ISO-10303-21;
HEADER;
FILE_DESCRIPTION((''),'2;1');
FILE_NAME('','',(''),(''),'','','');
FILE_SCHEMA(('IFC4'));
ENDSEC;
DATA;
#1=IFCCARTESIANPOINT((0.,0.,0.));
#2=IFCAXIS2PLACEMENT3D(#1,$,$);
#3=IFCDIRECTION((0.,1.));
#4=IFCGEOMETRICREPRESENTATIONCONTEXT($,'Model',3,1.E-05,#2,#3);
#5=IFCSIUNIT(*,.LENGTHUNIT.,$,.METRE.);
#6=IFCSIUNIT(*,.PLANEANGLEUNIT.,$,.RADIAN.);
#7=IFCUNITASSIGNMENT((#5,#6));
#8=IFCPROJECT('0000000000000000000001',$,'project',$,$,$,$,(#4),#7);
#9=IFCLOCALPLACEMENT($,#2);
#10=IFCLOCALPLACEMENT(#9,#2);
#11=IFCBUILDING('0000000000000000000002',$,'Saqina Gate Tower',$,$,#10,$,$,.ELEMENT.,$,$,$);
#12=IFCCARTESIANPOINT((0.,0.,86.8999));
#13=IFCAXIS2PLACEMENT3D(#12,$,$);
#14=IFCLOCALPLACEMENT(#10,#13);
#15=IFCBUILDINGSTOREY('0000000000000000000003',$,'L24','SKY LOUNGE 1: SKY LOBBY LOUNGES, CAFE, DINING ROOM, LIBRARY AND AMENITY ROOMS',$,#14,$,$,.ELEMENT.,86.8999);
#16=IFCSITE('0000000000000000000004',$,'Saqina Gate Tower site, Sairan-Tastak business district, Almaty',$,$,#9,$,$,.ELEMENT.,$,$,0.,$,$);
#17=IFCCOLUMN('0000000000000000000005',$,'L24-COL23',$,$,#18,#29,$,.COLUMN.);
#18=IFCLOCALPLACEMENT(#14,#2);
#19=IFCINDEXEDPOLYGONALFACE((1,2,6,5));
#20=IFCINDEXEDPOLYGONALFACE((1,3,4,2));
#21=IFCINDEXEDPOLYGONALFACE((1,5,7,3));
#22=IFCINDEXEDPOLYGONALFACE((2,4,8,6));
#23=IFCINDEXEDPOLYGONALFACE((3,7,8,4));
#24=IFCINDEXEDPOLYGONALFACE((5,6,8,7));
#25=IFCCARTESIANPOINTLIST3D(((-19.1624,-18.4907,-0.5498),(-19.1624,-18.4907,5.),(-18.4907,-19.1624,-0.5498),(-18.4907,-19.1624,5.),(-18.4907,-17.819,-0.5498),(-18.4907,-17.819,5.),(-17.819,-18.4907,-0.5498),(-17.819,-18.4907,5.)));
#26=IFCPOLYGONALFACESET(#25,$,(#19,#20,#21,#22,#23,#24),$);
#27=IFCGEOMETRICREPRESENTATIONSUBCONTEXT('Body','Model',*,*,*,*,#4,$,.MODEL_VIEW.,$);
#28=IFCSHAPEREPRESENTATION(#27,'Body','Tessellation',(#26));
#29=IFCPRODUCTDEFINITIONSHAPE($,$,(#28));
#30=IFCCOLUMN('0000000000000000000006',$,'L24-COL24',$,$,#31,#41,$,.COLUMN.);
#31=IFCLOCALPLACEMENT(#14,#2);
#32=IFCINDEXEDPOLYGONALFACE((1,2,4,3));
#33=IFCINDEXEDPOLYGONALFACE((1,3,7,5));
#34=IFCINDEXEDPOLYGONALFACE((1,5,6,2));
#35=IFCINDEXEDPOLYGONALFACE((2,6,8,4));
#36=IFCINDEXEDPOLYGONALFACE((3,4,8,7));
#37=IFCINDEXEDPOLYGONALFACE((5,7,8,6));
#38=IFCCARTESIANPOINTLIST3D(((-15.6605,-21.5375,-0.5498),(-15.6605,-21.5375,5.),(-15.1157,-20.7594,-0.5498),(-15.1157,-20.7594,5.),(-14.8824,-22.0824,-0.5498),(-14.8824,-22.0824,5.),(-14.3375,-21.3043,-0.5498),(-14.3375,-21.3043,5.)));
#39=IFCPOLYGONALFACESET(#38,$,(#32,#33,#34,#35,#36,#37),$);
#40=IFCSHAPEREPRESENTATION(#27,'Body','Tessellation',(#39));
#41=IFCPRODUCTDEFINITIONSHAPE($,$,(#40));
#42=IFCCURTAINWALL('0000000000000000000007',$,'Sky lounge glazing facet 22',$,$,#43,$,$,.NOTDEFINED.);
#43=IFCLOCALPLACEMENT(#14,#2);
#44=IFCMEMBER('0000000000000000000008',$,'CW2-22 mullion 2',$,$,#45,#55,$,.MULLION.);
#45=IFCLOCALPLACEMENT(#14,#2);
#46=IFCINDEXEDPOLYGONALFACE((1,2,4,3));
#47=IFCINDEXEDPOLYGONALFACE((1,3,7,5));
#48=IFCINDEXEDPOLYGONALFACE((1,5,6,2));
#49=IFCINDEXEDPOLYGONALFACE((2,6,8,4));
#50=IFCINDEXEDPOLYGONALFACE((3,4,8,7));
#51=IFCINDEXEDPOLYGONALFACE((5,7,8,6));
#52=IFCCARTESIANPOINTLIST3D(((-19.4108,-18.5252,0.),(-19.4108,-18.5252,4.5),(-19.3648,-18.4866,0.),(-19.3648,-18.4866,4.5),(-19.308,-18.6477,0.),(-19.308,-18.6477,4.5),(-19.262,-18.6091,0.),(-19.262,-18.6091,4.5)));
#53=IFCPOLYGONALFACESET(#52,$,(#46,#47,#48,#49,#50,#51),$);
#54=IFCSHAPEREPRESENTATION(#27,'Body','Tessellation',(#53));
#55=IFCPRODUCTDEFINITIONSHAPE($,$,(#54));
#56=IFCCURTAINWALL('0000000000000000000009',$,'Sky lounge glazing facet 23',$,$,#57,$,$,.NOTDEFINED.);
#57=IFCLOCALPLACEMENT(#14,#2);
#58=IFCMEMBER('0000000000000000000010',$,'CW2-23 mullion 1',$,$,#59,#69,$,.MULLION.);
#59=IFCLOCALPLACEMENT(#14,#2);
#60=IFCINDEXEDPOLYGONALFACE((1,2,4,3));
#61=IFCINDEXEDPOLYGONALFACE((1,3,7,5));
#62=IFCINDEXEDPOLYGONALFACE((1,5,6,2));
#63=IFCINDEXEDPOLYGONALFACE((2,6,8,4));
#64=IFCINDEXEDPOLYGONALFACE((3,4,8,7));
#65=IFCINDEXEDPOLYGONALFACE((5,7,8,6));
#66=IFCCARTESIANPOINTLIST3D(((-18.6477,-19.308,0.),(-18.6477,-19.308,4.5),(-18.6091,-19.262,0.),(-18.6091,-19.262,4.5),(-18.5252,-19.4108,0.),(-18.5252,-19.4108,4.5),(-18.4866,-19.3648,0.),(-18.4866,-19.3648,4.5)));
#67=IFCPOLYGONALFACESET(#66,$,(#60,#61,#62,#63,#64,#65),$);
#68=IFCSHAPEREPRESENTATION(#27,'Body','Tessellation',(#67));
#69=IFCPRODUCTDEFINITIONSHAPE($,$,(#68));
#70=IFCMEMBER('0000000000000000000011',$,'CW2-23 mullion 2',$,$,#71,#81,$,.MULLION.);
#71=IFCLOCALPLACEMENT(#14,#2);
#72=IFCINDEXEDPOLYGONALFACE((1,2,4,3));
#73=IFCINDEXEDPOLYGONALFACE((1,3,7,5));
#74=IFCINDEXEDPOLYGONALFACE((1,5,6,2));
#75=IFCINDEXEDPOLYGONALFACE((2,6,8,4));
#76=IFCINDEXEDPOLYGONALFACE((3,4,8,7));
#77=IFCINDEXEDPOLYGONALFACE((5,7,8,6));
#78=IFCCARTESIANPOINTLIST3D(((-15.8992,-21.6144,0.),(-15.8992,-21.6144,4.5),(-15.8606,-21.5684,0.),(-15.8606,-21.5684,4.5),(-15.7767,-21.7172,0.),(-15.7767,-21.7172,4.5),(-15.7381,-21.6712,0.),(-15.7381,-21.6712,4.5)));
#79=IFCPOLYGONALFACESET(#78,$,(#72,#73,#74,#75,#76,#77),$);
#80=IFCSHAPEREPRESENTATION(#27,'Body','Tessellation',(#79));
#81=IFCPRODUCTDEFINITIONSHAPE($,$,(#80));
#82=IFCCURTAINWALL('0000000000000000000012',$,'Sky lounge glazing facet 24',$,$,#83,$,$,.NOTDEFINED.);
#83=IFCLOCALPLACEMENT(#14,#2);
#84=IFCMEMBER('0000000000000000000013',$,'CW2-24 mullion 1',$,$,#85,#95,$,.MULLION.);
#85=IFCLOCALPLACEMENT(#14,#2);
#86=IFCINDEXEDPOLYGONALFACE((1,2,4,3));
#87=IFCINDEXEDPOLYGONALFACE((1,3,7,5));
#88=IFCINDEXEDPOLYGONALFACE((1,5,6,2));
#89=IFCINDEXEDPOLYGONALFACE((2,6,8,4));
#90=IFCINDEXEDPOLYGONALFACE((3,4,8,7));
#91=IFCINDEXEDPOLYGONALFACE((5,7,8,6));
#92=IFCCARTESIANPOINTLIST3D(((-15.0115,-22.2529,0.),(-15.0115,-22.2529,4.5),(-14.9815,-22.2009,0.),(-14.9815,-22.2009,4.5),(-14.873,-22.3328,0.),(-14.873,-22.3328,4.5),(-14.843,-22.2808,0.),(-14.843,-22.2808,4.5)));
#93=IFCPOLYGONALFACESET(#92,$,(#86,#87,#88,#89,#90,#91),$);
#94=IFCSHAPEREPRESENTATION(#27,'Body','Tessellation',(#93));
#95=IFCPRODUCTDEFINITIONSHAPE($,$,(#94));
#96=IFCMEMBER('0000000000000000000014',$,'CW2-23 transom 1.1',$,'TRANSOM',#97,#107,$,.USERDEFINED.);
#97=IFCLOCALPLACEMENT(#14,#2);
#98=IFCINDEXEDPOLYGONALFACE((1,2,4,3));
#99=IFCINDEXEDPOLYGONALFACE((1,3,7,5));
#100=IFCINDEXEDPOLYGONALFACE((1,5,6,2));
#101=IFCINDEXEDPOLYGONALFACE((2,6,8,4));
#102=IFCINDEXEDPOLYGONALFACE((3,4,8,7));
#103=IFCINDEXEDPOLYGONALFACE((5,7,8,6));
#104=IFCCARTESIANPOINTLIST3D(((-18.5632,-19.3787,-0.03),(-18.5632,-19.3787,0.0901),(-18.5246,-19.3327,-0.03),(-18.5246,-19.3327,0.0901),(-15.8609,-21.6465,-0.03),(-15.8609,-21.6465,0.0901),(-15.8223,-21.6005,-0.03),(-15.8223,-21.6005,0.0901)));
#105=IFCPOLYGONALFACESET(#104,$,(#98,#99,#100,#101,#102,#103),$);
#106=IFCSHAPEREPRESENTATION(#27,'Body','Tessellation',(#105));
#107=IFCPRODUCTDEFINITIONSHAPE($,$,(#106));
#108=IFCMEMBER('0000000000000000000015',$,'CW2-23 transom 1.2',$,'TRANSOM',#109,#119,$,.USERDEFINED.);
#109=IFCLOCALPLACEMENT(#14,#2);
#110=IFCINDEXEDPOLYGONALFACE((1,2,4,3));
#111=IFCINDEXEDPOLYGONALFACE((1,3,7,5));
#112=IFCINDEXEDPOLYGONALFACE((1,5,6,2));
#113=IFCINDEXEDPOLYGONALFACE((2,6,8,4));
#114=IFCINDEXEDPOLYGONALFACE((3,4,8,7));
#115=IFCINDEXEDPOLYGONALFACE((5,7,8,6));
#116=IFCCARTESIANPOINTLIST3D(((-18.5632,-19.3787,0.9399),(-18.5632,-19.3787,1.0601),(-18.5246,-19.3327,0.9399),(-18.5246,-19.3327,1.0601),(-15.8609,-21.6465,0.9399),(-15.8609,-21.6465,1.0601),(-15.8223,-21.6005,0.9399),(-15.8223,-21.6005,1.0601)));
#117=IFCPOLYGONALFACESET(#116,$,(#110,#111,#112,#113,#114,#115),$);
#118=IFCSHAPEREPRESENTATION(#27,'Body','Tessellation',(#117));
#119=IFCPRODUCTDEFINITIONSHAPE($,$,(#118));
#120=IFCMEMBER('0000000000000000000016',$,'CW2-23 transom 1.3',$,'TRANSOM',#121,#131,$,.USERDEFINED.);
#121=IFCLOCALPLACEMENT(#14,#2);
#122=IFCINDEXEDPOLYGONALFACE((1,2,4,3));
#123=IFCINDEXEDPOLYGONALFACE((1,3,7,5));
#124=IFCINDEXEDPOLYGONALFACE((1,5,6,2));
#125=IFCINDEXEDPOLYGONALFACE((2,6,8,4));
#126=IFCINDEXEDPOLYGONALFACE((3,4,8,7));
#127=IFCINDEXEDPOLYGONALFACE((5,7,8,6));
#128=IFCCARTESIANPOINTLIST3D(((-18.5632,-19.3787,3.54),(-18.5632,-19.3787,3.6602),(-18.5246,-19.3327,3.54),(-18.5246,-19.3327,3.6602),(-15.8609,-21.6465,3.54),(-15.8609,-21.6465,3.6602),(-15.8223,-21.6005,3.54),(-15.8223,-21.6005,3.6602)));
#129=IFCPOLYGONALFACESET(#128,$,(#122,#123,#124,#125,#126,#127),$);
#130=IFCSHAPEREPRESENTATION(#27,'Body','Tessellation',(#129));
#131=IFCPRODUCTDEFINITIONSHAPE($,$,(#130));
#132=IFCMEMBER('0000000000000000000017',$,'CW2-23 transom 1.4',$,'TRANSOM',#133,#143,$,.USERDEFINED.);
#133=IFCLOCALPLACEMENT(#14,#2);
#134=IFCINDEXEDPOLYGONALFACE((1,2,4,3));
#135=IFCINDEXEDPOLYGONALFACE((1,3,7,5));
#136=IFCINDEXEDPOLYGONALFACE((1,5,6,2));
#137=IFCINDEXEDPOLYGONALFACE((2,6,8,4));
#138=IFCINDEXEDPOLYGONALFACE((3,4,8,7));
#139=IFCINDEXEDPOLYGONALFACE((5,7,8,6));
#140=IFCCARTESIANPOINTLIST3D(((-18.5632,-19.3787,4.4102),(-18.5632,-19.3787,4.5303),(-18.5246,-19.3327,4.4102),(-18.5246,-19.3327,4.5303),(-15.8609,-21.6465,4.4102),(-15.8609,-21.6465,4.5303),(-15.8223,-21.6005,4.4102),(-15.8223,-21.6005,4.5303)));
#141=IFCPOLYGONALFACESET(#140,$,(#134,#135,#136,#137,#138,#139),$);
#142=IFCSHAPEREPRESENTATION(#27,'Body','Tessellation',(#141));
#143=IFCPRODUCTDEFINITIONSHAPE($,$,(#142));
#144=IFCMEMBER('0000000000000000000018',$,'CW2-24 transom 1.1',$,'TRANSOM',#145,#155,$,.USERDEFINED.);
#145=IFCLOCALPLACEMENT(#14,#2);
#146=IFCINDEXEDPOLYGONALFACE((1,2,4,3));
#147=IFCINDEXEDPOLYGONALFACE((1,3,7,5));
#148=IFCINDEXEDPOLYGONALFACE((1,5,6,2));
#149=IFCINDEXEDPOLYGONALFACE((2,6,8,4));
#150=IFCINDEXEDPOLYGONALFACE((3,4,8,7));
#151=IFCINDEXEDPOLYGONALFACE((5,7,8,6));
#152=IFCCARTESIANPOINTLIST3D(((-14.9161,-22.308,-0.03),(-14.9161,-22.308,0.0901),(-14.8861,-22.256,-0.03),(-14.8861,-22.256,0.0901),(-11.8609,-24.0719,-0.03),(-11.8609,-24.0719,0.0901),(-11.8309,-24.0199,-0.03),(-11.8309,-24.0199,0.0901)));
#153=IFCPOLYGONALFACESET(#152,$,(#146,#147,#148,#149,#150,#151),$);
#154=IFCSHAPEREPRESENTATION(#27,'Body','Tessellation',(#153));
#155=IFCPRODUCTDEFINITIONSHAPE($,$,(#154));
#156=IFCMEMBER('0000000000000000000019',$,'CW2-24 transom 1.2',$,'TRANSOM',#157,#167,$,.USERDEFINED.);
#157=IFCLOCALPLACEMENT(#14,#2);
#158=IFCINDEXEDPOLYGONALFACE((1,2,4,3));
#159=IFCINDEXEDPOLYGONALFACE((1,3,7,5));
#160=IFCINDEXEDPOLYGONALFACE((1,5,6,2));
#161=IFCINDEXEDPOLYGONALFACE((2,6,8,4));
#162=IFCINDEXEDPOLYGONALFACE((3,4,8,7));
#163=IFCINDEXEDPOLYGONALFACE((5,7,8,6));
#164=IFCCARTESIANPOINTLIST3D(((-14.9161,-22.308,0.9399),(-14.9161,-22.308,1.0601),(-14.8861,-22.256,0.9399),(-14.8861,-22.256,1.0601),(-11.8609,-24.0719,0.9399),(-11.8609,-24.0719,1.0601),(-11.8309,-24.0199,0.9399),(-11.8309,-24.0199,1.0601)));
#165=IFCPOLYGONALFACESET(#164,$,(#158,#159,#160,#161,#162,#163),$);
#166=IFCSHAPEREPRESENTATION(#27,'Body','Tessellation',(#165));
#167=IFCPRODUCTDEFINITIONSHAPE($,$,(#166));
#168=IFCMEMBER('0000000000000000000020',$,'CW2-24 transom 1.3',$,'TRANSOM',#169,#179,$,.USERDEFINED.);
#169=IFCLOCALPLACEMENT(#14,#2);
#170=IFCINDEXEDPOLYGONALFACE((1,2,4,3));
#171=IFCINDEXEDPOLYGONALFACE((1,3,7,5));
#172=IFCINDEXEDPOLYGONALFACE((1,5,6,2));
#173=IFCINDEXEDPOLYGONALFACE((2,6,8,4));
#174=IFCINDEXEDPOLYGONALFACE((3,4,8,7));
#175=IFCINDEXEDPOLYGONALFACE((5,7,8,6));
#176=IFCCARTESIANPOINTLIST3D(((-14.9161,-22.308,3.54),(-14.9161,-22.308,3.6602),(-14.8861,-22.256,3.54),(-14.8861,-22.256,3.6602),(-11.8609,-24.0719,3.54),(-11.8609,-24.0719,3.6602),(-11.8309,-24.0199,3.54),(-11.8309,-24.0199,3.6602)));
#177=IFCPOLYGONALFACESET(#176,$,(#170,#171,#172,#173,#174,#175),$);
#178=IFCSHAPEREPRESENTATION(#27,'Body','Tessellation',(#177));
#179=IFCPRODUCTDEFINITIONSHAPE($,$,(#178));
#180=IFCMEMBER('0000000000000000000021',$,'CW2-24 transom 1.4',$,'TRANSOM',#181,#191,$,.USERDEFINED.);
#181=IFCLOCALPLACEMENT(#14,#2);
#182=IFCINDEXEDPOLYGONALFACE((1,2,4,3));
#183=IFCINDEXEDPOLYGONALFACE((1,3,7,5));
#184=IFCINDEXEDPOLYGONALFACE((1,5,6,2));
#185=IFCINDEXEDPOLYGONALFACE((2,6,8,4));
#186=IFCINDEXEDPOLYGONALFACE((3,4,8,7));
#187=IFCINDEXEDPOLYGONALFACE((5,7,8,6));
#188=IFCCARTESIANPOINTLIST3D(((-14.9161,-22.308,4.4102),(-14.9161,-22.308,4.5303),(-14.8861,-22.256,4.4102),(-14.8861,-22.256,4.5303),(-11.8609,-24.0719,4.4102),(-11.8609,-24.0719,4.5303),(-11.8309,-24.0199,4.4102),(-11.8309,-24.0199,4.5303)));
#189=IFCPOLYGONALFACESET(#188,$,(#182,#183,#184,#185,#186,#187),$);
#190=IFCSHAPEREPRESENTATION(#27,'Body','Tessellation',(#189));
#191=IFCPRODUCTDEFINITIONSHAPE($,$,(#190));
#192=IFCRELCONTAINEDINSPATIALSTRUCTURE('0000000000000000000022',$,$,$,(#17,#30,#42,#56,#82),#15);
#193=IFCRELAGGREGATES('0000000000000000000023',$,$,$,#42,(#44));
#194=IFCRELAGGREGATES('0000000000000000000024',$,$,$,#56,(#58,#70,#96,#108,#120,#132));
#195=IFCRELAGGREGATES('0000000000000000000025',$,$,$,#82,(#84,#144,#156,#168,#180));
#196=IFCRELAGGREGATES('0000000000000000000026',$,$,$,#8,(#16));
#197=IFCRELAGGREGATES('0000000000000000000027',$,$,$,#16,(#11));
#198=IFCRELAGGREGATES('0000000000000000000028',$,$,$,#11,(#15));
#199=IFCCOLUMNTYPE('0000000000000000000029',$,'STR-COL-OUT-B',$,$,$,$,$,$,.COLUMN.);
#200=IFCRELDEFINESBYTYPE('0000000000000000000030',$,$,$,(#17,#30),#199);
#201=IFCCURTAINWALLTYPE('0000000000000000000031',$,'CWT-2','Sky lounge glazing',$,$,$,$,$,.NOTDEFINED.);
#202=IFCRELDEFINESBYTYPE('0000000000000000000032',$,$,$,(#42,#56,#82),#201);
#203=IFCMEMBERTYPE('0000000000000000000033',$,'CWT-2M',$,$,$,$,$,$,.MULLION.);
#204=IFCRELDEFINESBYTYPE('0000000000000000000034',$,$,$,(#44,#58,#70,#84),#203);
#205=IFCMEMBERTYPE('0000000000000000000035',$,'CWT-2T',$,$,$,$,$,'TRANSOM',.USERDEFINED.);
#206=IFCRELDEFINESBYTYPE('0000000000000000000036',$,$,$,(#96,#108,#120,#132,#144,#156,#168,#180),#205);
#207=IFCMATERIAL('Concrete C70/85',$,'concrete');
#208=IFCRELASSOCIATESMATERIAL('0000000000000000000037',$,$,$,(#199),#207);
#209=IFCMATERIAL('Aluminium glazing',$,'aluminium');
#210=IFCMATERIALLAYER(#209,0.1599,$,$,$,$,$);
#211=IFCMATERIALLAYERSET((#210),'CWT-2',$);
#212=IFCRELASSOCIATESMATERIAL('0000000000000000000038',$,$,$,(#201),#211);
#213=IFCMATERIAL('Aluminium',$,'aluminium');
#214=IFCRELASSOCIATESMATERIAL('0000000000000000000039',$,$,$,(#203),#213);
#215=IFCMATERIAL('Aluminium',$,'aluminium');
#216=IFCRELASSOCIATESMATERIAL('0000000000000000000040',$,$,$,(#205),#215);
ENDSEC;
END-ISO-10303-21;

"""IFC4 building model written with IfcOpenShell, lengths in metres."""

from ifc_helpers import new_model, si_unit, direction, frame, origin, origin_2d, place, context, subcontext, project, spatial, rectangle, extrude, material, layer, layer_set, material_profile, profile_set, type_object, element, aggregate, save


model = new_model("IFC4")

# Units and contexts
model_context = context("Model", 3, precision=1e-05, world=origin(), true_north=direction((0.0, 1.0)))
body_context = subcontext(model_context, "Body", "Model", "MODEL_VIEW")
ifc_project = project(units=[si_unit("LENGTHUNIT", "METRE"), si_unit("PLANEANGLEUNIT", "RADIAN")], contexts=[model_context])

# Site, building, storey
site_placement = place(None, origin())
site = spatial("IfcSite", under=ifc_project, at=site_placement, Name="Saqina Gate Tower site, Sairan-Tastak business district, Almaty", CompositionType="ELEMENT", RefElevation=0.0)
building_placement = place(site_placement, origin())
building = spatial("IfcBuilding", under=site, at=building_placement, Name="Saqina Gate Tower", CompositionType="ELEMENT")
storey_placement = place(building_placement, frame((0.0, 0.0, 86.8999)))
storey = spatial("IfcBuildingStorey", under=building, at=storey_placement, Name="L24", Description="SKY LOUNGE 1: SKY LOBBY LOUNGES, CAFE, DINING ROOM, LIBRARY AND AMENITY ROOMS", CompositionType="ELEMENT", Elevation=86.8999)

# Columns
ifc_material_1 = material(Name="Concrete C70/85", Category="concrete")
ifc_material_profile_1 = material_profile(ifc_material_1, rectangle(XDim=0.95, YDim=0.95, at=origin_2d()), Name="RC 950x950")
ifc_profile_set_1 = profile_set([ifc_material_profile_1], Name="Concrete C70/85")
column_type = type_object("IfcColumnType", Name="STR-COL-OUT-B", PredefinedType="COLUMN", material=ifc_profile_set_1)
for number, where, z_axis, x_axis, name in (
    (1, (-18.4907, -18.4907, -0.5498), (0.0, 0.0, 1.0), (-0.707107, -0.707107, 0.0), "L24-COL23"),
    (2, (-14.999, -21.4209, -0.5498), (0.0, 0.0, 1.0), (-0.573576, -0.819152, 0.0), "L24-COL24"),
):
    element("IfcColumn", number, at=place(storey_placement, frame(where, z_axis=z_axis, x_axis=x_axis)), inside=storey, type_object=column_type, Name=name, PredefinedType="COLUMN", context=body_context, shape_type="SweptSolid", body=[
        extrude(rectangle(XDim=0.95, YDim=0.95, at=origin_2d()), origin(), (0.0, 0.0, 1.0), 5.5498),
    ])

# Curtain wall, member
ifc_material_2 = material(Name="Aluminium glazing", Category="aluminium")
ifc_layer_1 = layer(ifc_material_2, 0.1599)
ifc_layer_set_1 = layer_set([ifc_layer_1], Name="CWT-2")
curtain_wall_type = type_object("IfcCurtainWallType", Name="CWT-2", Description="Sky lounge glazing", PredefinedType="NOTDEFINED", material=ifc_layer_set_1)
curtain_wall_1_placement = place(storey_placement, origin())
curtain_wall_1 = element("IfcCurtainWall", 3, at=curtain_wall_1_placement, inside=storey, type_object=curtain_wall_type, Name="Sky lounge glazing facet 22", PredefinedType="NOTDEFINED")
ifc_material_3 = material(Name="Aluminium", Category="aluminium")
ifc_material_profile_2 = material_profile(ifc_material_3, rectangle(XDim=0.0601, YDim=0.1599, at=origin_2d()), Name="Aluminium 60x160")
ifc_profile_set_2 = profile_set([ifc_material_profile_2], Name="Aluminium")
member_type_1 = type_object("IfcMemberType", Name="CWT-2M", PredefinedType="MULLION", material=ifc_profile_set_2)
member_1_placement = place(storey_placement, frame((-19.3364, -18.5671, 0.0), z_axis=(0.0, 0.0, 1.0), x_axis=(0.766042, 0.642791, 0.0)))
member_1 = element("IfcMember", 4, at=member_1_placement, type_object=member_type_1, Name="CW2-22 mullion 2", PredefinedType="MULLION", context=body_context, shape_type="SweptSolid", body=[
    extrude(rectangle(XDim=0.0601, YDim=0.1599, at=origin_2d()), origin(), (0.0, 0.0, 1.0), 4.5),
])
aggregate(curtain_wall_1, [member_1])

# Curtain wall, members
curtain_wall_2_placement = place(storey_placement, origin())
curtain_wall_2 = element("IfcCurtainWall", 5, at=curtain_wall_2_placement, inside=storey, type_object=curtain_wall_type, Name="Sky lounge glazing facet 23", PredefinedType="NOTDEFINED")
member_2_placement = place(storey_placement, frame((-18.5671, -19.3364, 0.0), z_axis=(0.0, 0.0, 1.0), x_axis=(0.642791, 0.766042, 0.0)))
member_2 = element("IfcMember", 6, at=member_2_placement, type_object=member_type_1, Name="CW2-23 mullion 1", PredefinedType="MULLION", context=body_context, shape_type="SweptSolid", body=[
    extrude(rectangle(XDim=0.0601, YDim=0.1599, at=origin_2d()), origin(), (0.0, 0.0, 1.0), 4.5),
])
member_3_placement = place(storey_placement, frame((-15.8186, -21.6428, 0.0), z_axis=(0.0, 0.0, 1.0), x_axis=(0.642791, 0.766042, 0.0)))
member_3 = element("IfcMember", 7, at=member_3_placement, type_object=member_type_1, Name="CW2-23 mullion 2", PredefinedType="MULLION", context=body_context, shape_type="SweptSolid", body=[
    extrude(rectangle(XDim=0.0601, YDim=0.1599, at=origin_2d()), origin(), (0.0, 0.0, 1.0), 4.5),
])

# Curtain wall, member
curtain_wall_3_placement = place(storey_placement, origin())
curtain_wall_3 = element("IfcCurtainWall", 8, at=curtain_wall_3_placement, inside=storey, type_object=curtain_wall_type, Name="Sky lounge glazing facet 24", PredefinedType="NOTDEFINED")
member_4_placement = place(storey_placement, frame((-14.9272, -22.2668, 0.0), z_axis=(0.0, 0.0, 1.0), x_axis=(0.499999, 0.866026, 0.0)))
member_4 = element("IfcMember", 9, at=member_4_placement, type_object=member_type_1, Name="CW2-24 mullion 1", PredefinedType="MULLION", context=body_context, shape_type="SweptSolid", body=[
    extrude(rectangle(XDim=0.0601, YDim=0.1599, at=origin_2d()), origin(), (0.0, 0.0, 1.0), 4.5),
])

# Members
ifc_material_4 = material(Name="Aluminium", Category="aluminium")
ifc_material_profile_3 = material_profile(ifc_material_4, rectangle(XDim=0.0601, YDim=0.1201, at=origin_2d()), Name="Aluminium 60x120")
ifc_profile_set_3 = profile_set([ifc_material_profile_3], Name="Aluminium")
member_type_2 = type_object("IfcMemberType", Name="CWT-2T", ElementType="TRANSOM", PredefinedType="USERDEFINED", material=ifc_profile_set_3)
member_5_placement = place(storey_placement, frame((-18.5439, -19.3557, 0.03), z_axis=(0.76601, -0.642828, 0.0), x_axis=(0.642828, 0.76601, 0.0)))
member_5 = element("IfcMember", 10, at=member_5_placement, type_object=member_type_2, Name="CW2-23 transom 1.1", ObjectType="TRANSOM", PredefinedType="USERDEFINED", context=body_context, shape_type="SweptSolid", body=[
    extrude(rectangle(XDim=0.0601, YDim=0.1201, at=origin_2d()), origin(), (0.0, 0.0, 1.0), 3.5278),
])
member_6_placement = place(storey_placement, frame((-18.5439, -19.3557, 1.0), z_axis=(0.76601, -0.642828, 0.0), x_axis=(0.642828, 0.76601, 0.0)))
member_6 = element("IfcMember", 11, at=member_6_placement, type_object=member_type_2, Name="CW2-23 transom 1.2", ObjectType="TRANSOM", PredefinedType="USERDEFINED", context=body_context, shape_type="SweptSolid", body=[
    extrude(rectangle(XDim=0.0601, YDim=0.1201, at=origin_2d()), origin(), (0.0, 0.0, 1.0), 3.5278),
])
member_7_placement = place(storey_placement, frame((-18.5439, -19.3557, 3.6001), z_axis=(0.76601, -0.642828, 0.0), x_axis=(0.642828, 0.76601, 0.0)))
member_7 = element("IfcMember", 12, at=member_7_placement, type_object=member_type_2, Name="CW2-23 transom 1.3", ObjectType="TRANSOM", PredefinedType="USERDEFINED", context=body_context, shape_type="SweptSolid", body=[
    extrude(rectangle(XDim=0.0601, YDim=0.1201, at=origin_2d()), origin(), (0.0, 0.0, 1.0), 3.5278),
])
member_8_placement = place(storey_placement, frame((-18.5439, -19.3557, 4.4702), z_axis=(0.76601, -0.642828, 0.0), x_axis=(0.642828, 0.76601, 0.0)))
member_8 = element("IfcMember", 13, at=member_8_placement, type_object=member_type_2, Name="CW2-23 transom 1.4", ObjectType="TRANSOM", PredefinedType="USERDEFINED", context=body_context, shape_type="SweptSolid", body=[
    extrude(rectangle(XDim=0.0601, YDim=0.1201, at=origin_2d()), origin(), (0.0, 0.0, 1.0), 3.5278),
])
member_9_placement = place(storey_placement, frame((-14.9011, -22.282, 0.03), z_axis=(0.866024, -0.500002, 0.0), x_axis=(0.500002, 0.866024, 0.0)))
member_9 = element("IfcMember", 14, at=member_9_placement, type_object=member_type_2, Name="CW2-24 transom 1.1", ObjectType="TRANSOM", PredefinedType="USERDEFINED", context=body_context, shape_type="SweptSolid", body=[
    extrude(rectangle(XDim=0.0601, YDim=0.1201, at=origin_2d()), origin(), (0.0, 0.0, 1.0), 3.5278),
])
member_10_placement = place(storey_placement, frame((-14.9011, -22.282, 1.0), z_axis=(0.866024, -0.500002, 0.0), x_axis=(0.500002, 0.866024, 0.0)))
member_10 = element("IfcMember", 15, at=member_10_placement, type_object=member_type_2, Name="CW2-24 transom 1.2", ObjectType="TRANSOM", PredefinedType="USERDEFINED", context=body_context, shape_type="SweptSolid", body=[
    extrude(rectangle(XDim=0.0601, YDim=0.1201, at=origin_2d()), origin(), (0.0, 0.0, 1.0), 3.5278),
])
member_11_placement = place(storey_placement, frame((-14.9011, -22.282, 3.6001), z_axis=(0.866024, -0.500002, 0.0), x_axis=(0.500002, 0.866024, 0.0)))
member_11 = element("IfcMember", 16, at=member_11_placement, type_object=member_type_2, Name="CW2-24 transom 1.3", ObjectType="TRANSOM", PredefinedType="USERDEFINED", context=body_context, shape_type="SweptSolid", body=[
    extrude(rectangle(XDim=0.0601, YDim=0.1201, at=origin_2d()), origin(), (0.0, 0.0, 1.0), 3.5278),
])
member_12_placement = place(storey_placement, frame((-14.9011, -22.282, 4.4702), z_axis=(0.866024, -0.500002, 0.0), x_axis=(0.500002, 0.866024, 0.0)))
member_12 = element("IfcMember", 17, at=member_12_placement, type_object=member_type_2, Name="CW2-24 transom 1.4", ObjectType="TRANSOM", PredefinedType="USERDEFINED", context=body_context, shape_type="SweptSolid", body=[
    extrude(rectangle(XDim=0.0601, YDim=0.1201, at=origin_2d()), origin(), (0.0, 0.0, 1.0), 3.5278),
])

aggregate(curtain_wall_2, [member_2, member_3, member_5, member_6, member_7, member_8])
aggregate(curtain_wall_3, [member_4, member_9, member_10, member_11, member_12])

save(model, "model.ifc")
